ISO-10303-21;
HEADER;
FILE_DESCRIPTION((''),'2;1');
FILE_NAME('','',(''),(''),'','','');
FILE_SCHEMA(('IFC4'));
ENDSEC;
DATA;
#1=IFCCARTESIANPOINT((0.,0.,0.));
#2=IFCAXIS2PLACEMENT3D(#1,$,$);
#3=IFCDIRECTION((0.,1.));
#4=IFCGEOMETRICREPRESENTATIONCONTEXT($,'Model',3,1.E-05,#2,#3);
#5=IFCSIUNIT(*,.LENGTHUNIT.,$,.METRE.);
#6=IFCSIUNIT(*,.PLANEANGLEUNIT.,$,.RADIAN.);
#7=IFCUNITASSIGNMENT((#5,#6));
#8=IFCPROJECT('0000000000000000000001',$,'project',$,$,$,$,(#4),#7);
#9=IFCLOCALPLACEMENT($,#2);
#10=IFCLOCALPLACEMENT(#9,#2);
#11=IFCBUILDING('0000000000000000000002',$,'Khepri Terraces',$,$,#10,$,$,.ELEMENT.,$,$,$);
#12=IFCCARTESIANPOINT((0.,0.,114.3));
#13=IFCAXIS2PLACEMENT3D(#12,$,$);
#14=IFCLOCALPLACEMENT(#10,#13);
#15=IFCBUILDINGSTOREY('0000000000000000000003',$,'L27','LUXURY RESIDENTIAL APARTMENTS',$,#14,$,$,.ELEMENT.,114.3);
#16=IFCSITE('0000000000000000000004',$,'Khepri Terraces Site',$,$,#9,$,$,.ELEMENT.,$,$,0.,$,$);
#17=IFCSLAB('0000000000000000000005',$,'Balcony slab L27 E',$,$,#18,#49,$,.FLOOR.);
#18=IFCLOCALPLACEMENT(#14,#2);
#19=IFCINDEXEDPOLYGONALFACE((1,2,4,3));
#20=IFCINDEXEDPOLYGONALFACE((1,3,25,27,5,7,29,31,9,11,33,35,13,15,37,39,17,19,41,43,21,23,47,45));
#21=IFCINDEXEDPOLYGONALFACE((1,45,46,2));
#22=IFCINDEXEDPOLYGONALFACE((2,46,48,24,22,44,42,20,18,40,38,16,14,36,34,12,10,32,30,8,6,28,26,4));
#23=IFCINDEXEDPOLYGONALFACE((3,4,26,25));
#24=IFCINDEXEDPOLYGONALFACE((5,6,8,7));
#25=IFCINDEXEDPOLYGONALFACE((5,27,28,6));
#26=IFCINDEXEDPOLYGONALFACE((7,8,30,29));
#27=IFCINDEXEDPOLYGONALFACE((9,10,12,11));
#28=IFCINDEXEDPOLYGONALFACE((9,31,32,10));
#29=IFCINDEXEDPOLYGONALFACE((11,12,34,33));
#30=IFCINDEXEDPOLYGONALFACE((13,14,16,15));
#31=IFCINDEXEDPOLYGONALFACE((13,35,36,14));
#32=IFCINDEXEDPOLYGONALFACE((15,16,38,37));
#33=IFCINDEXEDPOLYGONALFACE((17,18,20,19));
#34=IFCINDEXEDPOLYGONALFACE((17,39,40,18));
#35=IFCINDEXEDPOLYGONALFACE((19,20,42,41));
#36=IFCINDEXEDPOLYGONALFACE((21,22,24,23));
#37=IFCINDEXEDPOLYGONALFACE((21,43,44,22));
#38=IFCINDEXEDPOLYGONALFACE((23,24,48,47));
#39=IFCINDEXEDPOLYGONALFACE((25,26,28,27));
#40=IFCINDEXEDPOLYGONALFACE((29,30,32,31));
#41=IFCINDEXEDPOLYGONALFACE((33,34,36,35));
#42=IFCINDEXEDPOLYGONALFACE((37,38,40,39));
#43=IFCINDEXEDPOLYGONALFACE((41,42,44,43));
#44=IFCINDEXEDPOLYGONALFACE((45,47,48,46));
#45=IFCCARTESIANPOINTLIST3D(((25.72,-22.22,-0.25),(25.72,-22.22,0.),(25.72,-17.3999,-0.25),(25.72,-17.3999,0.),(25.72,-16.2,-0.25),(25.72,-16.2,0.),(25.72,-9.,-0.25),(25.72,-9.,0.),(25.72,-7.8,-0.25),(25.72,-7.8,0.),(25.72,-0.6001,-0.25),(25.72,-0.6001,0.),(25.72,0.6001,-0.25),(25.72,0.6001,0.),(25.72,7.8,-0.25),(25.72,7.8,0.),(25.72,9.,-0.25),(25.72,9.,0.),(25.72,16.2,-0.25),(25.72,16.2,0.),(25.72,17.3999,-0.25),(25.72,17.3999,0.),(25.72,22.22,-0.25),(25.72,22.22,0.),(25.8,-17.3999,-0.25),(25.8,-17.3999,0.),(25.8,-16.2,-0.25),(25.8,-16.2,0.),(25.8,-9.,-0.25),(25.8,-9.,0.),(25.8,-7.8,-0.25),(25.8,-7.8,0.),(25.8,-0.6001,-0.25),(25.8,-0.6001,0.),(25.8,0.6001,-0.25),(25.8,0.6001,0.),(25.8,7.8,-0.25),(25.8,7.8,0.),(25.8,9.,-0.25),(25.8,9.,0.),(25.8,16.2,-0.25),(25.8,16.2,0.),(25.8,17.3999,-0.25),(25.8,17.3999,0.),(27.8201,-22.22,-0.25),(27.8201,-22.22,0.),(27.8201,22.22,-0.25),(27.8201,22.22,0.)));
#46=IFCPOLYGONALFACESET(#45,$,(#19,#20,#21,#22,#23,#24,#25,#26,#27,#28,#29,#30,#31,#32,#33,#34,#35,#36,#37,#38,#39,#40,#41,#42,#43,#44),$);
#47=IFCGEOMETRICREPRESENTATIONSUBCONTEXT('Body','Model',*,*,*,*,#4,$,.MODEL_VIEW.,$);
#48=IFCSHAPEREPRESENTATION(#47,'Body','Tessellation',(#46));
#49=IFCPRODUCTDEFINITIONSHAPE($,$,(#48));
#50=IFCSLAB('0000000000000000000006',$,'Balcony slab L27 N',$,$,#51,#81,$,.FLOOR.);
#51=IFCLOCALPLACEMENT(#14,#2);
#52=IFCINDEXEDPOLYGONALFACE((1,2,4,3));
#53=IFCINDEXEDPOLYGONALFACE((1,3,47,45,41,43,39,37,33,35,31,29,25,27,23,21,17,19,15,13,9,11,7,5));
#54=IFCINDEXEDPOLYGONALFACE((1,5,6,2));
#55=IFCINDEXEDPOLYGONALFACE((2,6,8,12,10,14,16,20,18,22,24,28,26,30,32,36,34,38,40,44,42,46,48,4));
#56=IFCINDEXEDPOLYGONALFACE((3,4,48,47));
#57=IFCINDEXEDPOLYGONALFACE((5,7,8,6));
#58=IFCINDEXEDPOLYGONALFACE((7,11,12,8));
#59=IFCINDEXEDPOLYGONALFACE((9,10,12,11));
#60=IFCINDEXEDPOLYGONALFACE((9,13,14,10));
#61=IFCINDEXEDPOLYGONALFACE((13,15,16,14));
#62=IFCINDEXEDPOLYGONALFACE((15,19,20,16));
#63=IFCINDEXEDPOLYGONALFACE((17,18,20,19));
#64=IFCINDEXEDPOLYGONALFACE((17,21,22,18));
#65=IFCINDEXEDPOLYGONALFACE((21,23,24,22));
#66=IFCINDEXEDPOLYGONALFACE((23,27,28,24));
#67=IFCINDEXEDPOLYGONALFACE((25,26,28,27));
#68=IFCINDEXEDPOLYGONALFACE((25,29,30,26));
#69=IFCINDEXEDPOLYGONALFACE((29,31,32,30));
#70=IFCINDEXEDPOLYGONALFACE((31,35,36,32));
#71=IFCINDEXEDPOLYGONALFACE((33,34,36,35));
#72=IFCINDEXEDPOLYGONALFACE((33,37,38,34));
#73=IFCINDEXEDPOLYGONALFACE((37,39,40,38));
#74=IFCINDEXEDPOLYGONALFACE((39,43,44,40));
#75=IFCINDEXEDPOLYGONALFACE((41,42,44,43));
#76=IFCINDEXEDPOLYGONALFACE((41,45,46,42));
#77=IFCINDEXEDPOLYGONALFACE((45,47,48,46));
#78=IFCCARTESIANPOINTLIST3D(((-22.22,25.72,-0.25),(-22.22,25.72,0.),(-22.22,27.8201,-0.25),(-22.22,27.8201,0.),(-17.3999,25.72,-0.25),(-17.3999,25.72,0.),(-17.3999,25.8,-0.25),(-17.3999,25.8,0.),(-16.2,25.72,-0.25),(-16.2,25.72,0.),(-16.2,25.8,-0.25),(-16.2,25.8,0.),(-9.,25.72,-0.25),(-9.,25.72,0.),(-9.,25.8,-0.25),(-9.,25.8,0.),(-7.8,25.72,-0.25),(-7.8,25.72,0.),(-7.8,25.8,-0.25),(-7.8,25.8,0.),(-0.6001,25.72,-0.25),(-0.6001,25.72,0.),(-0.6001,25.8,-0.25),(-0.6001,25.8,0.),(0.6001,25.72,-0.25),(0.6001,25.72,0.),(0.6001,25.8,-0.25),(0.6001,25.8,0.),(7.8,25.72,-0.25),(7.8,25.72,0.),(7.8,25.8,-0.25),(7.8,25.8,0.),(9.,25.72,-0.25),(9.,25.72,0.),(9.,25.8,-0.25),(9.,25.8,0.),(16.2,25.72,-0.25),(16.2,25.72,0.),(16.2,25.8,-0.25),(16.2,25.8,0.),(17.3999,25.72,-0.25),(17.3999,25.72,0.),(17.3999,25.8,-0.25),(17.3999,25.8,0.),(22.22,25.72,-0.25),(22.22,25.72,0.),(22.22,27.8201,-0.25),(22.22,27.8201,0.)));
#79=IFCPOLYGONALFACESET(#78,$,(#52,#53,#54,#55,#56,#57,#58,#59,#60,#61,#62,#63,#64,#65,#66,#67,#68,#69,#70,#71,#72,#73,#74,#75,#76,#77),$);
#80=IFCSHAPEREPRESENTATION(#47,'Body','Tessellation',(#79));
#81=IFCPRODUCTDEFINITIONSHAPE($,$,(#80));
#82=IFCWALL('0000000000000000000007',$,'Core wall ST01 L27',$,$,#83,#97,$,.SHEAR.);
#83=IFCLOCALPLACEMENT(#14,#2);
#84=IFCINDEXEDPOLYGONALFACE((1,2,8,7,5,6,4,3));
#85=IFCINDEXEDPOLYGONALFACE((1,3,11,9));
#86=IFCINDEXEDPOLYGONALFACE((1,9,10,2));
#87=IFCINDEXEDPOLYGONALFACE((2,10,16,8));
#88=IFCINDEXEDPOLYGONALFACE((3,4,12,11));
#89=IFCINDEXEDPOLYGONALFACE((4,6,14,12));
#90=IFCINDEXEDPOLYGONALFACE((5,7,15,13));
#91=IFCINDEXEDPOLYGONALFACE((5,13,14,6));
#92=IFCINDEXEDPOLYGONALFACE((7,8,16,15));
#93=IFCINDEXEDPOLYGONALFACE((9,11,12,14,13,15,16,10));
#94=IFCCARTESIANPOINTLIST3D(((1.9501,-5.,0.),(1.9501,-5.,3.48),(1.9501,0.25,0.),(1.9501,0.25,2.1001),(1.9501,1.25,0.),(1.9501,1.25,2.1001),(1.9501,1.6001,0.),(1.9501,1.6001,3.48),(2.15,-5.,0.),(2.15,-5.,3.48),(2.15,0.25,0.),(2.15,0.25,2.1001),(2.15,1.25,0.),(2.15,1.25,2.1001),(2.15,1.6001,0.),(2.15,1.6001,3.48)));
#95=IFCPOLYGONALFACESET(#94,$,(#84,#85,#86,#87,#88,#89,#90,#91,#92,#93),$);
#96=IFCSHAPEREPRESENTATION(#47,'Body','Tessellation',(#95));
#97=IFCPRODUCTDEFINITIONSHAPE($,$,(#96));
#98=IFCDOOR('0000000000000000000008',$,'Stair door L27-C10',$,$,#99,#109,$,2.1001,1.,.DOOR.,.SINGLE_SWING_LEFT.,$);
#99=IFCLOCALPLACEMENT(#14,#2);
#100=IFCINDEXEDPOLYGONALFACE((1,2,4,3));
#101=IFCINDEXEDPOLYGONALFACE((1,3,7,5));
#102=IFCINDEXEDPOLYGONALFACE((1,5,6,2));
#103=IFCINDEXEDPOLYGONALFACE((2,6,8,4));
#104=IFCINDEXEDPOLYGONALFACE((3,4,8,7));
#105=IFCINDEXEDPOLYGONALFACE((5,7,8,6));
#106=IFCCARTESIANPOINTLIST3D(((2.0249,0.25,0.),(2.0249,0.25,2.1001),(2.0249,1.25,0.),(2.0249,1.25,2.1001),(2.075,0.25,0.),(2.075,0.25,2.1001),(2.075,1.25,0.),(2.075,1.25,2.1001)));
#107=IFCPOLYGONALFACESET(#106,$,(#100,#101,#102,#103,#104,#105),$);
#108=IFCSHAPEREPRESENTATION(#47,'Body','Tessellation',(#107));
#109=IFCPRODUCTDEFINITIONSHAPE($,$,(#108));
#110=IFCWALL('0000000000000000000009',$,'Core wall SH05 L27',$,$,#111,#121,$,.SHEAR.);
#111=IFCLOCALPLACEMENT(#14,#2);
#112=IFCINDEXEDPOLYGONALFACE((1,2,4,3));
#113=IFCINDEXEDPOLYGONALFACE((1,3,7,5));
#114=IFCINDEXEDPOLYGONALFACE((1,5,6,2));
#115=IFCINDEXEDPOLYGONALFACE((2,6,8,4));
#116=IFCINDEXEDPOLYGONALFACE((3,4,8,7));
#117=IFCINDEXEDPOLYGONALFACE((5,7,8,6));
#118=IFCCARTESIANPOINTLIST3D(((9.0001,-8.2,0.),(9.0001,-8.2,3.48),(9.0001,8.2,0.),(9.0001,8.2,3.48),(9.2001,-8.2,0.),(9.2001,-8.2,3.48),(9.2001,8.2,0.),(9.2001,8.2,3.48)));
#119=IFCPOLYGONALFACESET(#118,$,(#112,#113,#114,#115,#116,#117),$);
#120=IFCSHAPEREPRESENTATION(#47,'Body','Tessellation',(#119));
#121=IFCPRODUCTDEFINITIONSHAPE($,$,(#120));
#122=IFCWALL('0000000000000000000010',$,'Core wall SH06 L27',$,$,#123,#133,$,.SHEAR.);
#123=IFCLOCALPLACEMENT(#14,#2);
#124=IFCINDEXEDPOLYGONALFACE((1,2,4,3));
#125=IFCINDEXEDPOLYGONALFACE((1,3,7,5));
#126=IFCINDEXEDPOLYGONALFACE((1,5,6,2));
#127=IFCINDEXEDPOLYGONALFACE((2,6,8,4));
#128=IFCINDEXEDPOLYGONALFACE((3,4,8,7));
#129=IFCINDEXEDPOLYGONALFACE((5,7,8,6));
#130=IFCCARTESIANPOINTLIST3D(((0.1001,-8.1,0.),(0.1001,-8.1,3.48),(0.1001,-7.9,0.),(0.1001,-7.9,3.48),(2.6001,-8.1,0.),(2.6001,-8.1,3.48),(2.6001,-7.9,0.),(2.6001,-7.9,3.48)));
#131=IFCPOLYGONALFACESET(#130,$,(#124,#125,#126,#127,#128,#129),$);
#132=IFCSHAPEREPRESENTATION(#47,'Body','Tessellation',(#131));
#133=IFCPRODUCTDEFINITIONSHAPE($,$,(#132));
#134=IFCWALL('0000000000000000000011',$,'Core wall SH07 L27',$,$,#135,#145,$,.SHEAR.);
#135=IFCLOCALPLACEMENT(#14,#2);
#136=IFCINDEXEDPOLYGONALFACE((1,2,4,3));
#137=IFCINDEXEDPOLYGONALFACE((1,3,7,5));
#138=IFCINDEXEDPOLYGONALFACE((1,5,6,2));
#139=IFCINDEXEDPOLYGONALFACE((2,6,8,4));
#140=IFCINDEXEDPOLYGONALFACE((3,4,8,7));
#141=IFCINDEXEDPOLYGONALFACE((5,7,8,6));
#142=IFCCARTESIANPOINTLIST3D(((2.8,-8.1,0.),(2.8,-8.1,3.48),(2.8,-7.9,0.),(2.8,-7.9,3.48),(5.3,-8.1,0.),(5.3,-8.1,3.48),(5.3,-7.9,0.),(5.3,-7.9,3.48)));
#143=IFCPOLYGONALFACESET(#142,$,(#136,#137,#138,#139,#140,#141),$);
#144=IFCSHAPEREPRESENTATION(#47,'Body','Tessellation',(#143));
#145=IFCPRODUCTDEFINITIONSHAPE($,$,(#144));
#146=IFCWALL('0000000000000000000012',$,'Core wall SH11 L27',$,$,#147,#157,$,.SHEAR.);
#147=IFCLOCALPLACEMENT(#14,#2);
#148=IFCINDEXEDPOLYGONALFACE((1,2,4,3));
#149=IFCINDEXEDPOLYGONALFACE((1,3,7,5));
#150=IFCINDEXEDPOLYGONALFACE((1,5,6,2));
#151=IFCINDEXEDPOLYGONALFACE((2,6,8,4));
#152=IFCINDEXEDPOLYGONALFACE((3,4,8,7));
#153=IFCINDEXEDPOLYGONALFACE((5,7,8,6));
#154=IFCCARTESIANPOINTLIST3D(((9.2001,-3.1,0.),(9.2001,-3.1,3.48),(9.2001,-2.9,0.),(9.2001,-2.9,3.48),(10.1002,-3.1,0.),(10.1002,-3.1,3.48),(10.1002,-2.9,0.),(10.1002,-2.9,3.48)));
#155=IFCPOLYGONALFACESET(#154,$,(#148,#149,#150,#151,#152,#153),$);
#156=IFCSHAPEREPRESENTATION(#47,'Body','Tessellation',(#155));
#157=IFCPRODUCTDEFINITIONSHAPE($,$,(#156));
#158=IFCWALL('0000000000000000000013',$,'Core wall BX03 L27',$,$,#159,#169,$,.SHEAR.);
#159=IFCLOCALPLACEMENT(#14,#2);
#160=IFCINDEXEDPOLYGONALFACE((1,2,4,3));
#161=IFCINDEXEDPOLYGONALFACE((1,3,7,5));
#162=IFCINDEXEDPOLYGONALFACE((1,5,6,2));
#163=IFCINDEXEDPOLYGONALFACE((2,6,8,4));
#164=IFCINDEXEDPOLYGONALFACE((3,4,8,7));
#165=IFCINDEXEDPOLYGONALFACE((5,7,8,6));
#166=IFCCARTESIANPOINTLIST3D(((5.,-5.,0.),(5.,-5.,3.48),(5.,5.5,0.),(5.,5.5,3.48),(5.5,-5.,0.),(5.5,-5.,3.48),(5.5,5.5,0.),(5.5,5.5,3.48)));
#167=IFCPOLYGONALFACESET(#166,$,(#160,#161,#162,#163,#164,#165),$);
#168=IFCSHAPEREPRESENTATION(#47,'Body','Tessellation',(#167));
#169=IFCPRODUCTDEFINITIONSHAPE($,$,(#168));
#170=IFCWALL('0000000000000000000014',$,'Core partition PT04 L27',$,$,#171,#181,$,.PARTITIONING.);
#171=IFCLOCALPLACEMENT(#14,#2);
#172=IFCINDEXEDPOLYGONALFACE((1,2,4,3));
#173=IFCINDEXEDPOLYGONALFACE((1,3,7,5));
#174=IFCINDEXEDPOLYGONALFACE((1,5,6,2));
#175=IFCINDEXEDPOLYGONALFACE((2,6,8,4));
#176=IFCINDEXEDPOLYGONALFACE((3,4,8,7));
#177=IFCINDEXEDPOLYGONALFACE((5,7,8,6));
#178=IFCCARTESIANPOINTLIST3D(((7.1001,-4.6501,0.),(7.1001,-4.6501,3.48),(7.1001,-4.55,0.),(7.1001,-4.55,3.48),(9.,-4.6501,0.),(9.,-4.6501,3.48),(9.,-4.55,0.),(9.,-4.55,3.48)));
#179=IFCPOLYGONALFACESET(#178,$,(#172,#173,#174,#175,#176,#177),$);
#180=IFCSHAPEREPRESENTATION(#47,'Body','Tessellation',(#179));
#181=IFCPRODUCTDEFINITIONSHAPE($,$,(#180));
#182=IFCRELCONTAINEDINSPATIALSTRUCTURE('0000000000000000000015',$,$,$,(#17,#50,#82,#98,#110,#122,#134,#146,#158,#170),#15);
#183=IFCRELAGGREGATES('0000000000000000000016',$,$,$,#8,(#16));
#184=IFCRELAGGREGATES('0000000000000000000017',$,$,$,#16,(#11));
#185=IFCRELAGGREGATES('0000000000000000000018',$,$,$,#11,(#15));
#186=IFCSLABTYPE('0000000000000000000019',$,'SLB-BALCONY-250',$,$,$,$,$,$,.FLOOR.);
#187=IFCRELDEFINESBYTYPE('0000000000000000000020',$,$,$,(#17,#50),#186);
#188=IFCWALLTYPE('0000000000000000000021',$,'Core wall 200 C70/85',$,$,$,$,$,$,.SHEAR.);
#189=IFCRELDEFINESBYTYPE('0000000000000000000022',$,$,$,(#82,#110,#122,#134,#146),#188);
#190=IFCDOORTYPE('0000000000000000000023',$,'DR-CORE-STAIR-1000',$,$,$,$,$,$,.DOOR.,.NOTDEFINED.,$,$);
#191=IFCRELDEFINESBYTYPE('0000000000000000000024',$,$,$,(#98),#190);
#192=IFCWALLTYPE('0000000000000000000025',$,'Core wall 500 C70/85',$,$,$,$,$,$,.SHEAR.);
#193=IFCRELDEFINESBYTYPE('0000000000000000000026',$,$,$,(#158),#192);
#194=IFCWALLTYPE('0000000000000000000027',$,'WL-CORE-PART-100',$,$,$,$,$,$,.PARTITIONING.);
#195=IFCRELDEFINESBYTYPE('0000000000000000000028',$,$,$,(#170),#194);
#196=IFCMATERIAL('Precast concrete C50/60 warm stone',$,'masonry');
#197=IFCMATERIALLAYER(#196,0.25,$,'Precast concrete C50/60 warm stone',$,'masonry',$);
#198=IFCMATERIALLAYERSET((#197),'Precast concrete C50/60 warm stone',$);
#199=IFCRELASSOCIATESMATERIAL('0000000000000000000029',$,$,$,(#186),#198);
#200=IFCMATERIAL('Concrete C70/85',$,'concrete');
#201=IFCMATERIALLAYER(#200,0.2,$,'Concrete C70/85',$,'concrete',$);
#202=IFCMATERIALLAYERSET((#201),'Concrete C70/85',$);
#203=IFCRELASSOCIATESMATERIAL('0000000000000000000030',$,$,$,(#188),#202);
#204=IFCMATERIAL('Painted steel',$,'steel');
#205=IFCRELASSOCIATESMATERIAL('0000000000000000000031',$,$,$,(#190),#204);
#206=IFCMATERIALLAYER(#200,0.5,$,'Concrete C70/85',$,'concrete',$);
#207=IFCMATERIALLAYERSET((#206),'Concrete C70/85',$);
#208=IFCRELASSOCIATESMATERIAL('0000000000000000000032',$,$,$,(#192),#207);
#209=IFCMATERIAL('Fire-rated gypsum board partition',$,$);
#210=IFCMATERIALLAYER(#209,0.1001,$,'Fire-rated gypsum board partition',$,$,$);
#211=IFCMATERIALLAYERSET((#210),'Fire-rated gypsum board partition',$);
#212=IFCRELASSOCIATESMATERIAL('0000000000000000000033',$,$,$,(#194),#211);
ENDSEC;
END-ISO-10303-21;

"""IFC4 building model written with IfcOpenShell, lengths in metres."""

from ifc_helpers import new_model, si_unit, direction, frame, frame_2d, origin, place, context, subcontext, project, spatial, polyline, rectangle, outline, extrude, material, layer, layer_set, type_object, element, fill, save


model = new_model("IFC4")

# Units and contexts
model_context = context("Model", 3, precision=1e-05, world=origin(), true_north=direction((0.0, 1.0)))
body_context = subcontext(model_context, "Body", "Model", "MODEL_VIEW")
ifc_project = project(units=[si_unit("LENGTHUNIT", "METRE"), si_unit("PLANEANGLEUNIT", "RADIAN")], contexts=[model_context])

# Site, building, storey
site_placement = place(None, origin())
site = spatial("IfcSite", under=ifc_project, at=site_placement, Name="Khepri Terraces Site", CompositionType="ELEMENT", RefElevation=0.0)
building_placement = place(site_placement, origin())
building = spatial("IfcBuilding", under=site, at=building_placement, Name="Khepri Terraces", CompositionType="ELEMENT")
storey_placement = place(building_placement, frame((0.0, 0.0, 114.3)))
storey = spatial("IfcBuildingStorey", under=building, at=storey_placement, Name="L27", Description="LUXURY RESIDENTIAL APARTMENTS", CompositionType="ELEMENT", Elevation=114.3)

# Slabs
ifc_material_1 = material(Name="Precast concrete C50/60 warm stone", Category="masonry")
ifc_layer_1 = layer(ifc_material_1, 0.25, Name="Precast concrete C50/60 warm stone", Category="masonry")
ifc_layer_set_1 = layer_set([ifc_layer_1], Name="Precast concrete C50/60 warm stone")
slab_type = type_object("IfcSlabType", Name="SLB-BALCONY-250", PredefinedType="FLOOR", material=ifc_layer_set_1)
slab_1_placement = place(storey_placement, frame((0.0, 0.0, -0.25)))
element("IfcSlab", 1, at=slab_1_placement, inside=storey, type_object=slab_type, Name="Balcony slab L27 E", PredefinedType="FLOOR", context=body_context, shape_type="SweptSolid", body=[
    extrude(outline(polyline([(25.72, -17.3999), (25.72, -22.22), (27.8201, -22.22), (27.8201, 22.22), (25.72, 22.22), (25.72, 17.3999), (25.8, 17.3999), (25.8, 16.2), (25.72, 16.2), (25.72, 9.0), (25.8, 9.0), (25.8, 7.8), (25.72, 7.8), (25.72, 0.6001), (25.8, 0.6001), (25.8, -0.6001), (25.72, -0.6001), (25.72, -7.8), (25.8, -7.8), (25.8, -9.0), (25.72, -9.0), (25.72, -16.2), (25.8, -16.2), (25.8, -17.3999), (25.72, -17.3999)])), origin(), (0.0, 0.0, 1.0), 0.25),
])
slab_2_placement = place(storey_placement, frame((0.0, 0.0, -0.25)))
element("IfcSlab", 2, at=slab_2_placement, inside=storey, type_object=slab_type, Name="Balcony slab L27 N", PredefinedType="FLOOR", context=body_context, shape_type="SweptSolid", body=[
    extrude(outline(polyline([(17.3999, 25.72), (22.22, 25.72), (22.22, 27.8201), (-22.22, 27.8201), (-22.22, 25.72), (-17.3999, 25.72), (-17.3999, 25.8), (-16.2, 25.8), (-16.2, 25.72), (-9.0, 25.72), (-9.0, 25.8), (-7.8, 25.8), (-7.8, 25.72), (-0.6001, 25.72), (-0.6001, 25.8), (0.6001, 25.8), (0.6001, 25.72), (7.8, 25.72), (7.8, 25.8), (9.0, 25.8), (9.0, 25.72), (16.2, 25.72), (16.2, 25.8), (17.3999, 25.8), (17.3999, 25.72)])), origin(), (0.0, 0.0, 1.0), 0.25),
])

# Wall, opening, door
ifc_material_2 = material(Name="Concrete C70/85", Category="concrete")
ifc_layer_2 = layer(ifc_material_2, 0.2, Name="Concrete C70/85", Category="concrete")
ifc_layer_set_2 = layer_set([ifc_layer_2], Name="Concrete C70/85")
wall_type_1 = type_object("IfcWallType", Name="Core wall 200 C70/85", PredefinedType="SHEAR", material=ifc_layer_set_2)
wall_1_placement = place(storey_placement, frame((2.05, -5.0, 0.0), z_axis=(0.0, 0.0, 1.0), x_axis=(0.0, 1.0, 0.0)))
wall_1 = element("IfcWall", 3, at=wall_1_placement, inside=storey, type_object=wall_type_1, Name="Core wall ST01 L27", PredefinedType="SHEAR", context=body_context, shape_type="SweptSolid", body=[
    extrude(rectangle(XDim=6.6001, YDim=0.2, at=frame_2d((3.3, 0.0))), origin(), (0.0, 0.0, 1.0), 3.48),
])
opening_1_placement = place(wall_1_placement, frame((5.25, 0.0, 0.0)))
opening_1 = element("IfcOpeningElement", 4, at=opening_1_placement, cuts=wall_1, PredefinedType="OPENING", context=body_context, shape_type="SweptSolid", body=[
    extrude(rectangle(XDim=1.0, YDim=2.1001, at=frame_2d((0.5, 1.05))), frame((0.0, 0.1099, 0.0), z_axis=(0.0, -1.0, 0.0), x_axis=(1.0, 0.0, 0.0)), (0.0, 0.0, 1.0), 0.22),
])
ifc_material_3 = material(Name="Painted steel", Category="steel")
door_type_1 = type_object("IfcDoorType", Name="DR-CORE-STAIR-1000", OperationType="NOTDEFINED", PredefinedType="DOOR", material=ifc_material_3)
door_1_placement = place(opening_1_placement, frame((1.0, 0.0, 0.0), z_axis=(0.0, 0.0, 1.0), x_axis=(-1.0, 0.0, 0.0)))
door_1 = element("IfcDoor", 5, at=door_1_placement, inside=storey, type_object=door_type_1, Name="Stair door L27-C10", OperationType="SINGLE_SWING_LEFT", OverallHeight=2.1001, OverallWidth=1.0, PredefinedType="DOOR", context=body_context, shape_type="SweptSolid", body=[
    extrude(rectangle(XDim=1.0, YDim=2.1001, at=frame_2d((0.5, 1.05))), frame((0.0, 0.0249, 0.0), z_axis=(0.0, -1.0, 0.0), x_axis=(1.0, 0.0, 0.0)), (0.0, 0.0, 1.0), 0.05),
])
fill(opening_1, door_1)

# Walls
wall_2_placement = place(storey_placement, frame((9.1001, -8.2, 0.0), z_axis=(0.0, 0.0, 1.0), x_axis=(0.0, 1.0, 0.0)))
element("IfcWall", 6, at=wall_2_placement, inside=storey, type_object=wall_type_1, Name="Core wall SH05 L27", PredefinedType="SHEAR", context=body_context, shape_type="SweptSolid", body=[
    extrude(rectangle(XDim=16.3999, YDim=0.2, at=frame_2d((8.2, 0.0))), origin(), (0.0, 0.0, 1.0), 3.48),
])
for number, where, z_axis, x_axis, name in (
    (7, (0.1001, -8.0, 0.0), (0.0, 0.0, 1.0), (1.0, 0.0, 0.0), "Core wall SH06 L27"),
    (8, (2.8, -8.0, 0.0), (0.0, 0.0, 1.0), (1.0, 0.0, 0.0), "Core wall SH07 L27"),
):
    element("IfcWall", number, at=place(storey_placement, frame(where, z_axis=z_axis, x_axis=x_axis)), inside=storey, type_object=wall_type_1, Name=name, PredefinedType="SHEAR", context=body_context, shape_type="SweptSolid", body=[
        extrude(rectangle(XDim=2.5, YDim=0.2, at=frame_2d((1.25, 0.0))), origin(), (0.0, 0.0, 1.0), 3.48),
    ])
wall_3_placement = place(storey_placement, frame((9.2, -3.0, 0.0), z_axis=(0.0, 0.0, 1.0), x_axis=(1.0, 0.0, 0.0)))
element("IfcWall", 9, at=wall_3_placement, inside=storey, type_object=wall_type_1, Name="Core wall SH11 L27", PredefinedType="SHEAR", context=body_context, shape_type="SweptSolid", body=[
    extrude(rectangle(XDim=0.9001, YDim=0.2, at=frame_2d((0.4502, 0.0))), origin(), (0.0, 0.0, 1.0), 3.48),
])
ifc_layer_3 = layer(ifc_material_2, 0.5, Name="Concrete C70/85", Category="concrete")
ifc_layer_set_3 = layer_set([ifc_layer_3], Name="Concrete C70/85")
wall_type_2 = type_object("IfcWallType", Name="Core wall 500 C70/85", PredefinedType="SHEAR", material=ifc_layer_set_3)
wall_4_placement = place(storey_placement, frame((5.25, -5.0, 0.0), z_axis=(0.0, 0.0, 1.0), x_axis=(0.0, 1.0, 0.0)))
element("IfcWall", 10, at=wall_4_placement, inside=storey, type_object=wall_type_2, Name="Core wall BX03 L27", PredefinedType="SHEAR", context=body_context, shape_type="SweptSolid", body=[
    extrude(rectangle(XDim=10.5, YDim=0.5, at=frame_2d((5.25, 0.0))), origin(), (0.0, 0.0, 1.0), 3.48),
])
ifc_material_4 = material(Name="Fire-rated gypsum board partition")
ifc_layer_4 = layer(ifc_material_4, 0.1001, Name="Fire-rated gypsum board partition")
ifc_layer_set_4 = layer_set([ifc_layer_4], Name="Fire-rated gypsum board partition")
wall_type_3 = type_object("IfcWallType", Name="WL-CORE-PART-100", PredefinedType="PARTITIONING", material=ifc_layer_set_4)
for number, where, z_axis, x_axis, name in (
    (11, (7.1001, -4.6001, 0.0), (0.0, 0.0, 1.0), (1.0, 0.0, 0.0), "Core partition PT04 L27"),
):
    element("IfcWall", number, at=place(storey_placement, frame(where, z_axis=z_axis, x_axis=x_axis)), inside=storey, type_object=wall_type_3, Name=name, PredefinedType="PARTITIONING", context=body_context, shape_type="SweptSolid", body=[
        extrude(rectangle(XDim=1.8999, YDim=0.1001, at=frame_2d((0.95, 0.0))), origin(), (0.0, 0.0, 1.0), 3.48),
    ])

save(model, "model.ifc")
